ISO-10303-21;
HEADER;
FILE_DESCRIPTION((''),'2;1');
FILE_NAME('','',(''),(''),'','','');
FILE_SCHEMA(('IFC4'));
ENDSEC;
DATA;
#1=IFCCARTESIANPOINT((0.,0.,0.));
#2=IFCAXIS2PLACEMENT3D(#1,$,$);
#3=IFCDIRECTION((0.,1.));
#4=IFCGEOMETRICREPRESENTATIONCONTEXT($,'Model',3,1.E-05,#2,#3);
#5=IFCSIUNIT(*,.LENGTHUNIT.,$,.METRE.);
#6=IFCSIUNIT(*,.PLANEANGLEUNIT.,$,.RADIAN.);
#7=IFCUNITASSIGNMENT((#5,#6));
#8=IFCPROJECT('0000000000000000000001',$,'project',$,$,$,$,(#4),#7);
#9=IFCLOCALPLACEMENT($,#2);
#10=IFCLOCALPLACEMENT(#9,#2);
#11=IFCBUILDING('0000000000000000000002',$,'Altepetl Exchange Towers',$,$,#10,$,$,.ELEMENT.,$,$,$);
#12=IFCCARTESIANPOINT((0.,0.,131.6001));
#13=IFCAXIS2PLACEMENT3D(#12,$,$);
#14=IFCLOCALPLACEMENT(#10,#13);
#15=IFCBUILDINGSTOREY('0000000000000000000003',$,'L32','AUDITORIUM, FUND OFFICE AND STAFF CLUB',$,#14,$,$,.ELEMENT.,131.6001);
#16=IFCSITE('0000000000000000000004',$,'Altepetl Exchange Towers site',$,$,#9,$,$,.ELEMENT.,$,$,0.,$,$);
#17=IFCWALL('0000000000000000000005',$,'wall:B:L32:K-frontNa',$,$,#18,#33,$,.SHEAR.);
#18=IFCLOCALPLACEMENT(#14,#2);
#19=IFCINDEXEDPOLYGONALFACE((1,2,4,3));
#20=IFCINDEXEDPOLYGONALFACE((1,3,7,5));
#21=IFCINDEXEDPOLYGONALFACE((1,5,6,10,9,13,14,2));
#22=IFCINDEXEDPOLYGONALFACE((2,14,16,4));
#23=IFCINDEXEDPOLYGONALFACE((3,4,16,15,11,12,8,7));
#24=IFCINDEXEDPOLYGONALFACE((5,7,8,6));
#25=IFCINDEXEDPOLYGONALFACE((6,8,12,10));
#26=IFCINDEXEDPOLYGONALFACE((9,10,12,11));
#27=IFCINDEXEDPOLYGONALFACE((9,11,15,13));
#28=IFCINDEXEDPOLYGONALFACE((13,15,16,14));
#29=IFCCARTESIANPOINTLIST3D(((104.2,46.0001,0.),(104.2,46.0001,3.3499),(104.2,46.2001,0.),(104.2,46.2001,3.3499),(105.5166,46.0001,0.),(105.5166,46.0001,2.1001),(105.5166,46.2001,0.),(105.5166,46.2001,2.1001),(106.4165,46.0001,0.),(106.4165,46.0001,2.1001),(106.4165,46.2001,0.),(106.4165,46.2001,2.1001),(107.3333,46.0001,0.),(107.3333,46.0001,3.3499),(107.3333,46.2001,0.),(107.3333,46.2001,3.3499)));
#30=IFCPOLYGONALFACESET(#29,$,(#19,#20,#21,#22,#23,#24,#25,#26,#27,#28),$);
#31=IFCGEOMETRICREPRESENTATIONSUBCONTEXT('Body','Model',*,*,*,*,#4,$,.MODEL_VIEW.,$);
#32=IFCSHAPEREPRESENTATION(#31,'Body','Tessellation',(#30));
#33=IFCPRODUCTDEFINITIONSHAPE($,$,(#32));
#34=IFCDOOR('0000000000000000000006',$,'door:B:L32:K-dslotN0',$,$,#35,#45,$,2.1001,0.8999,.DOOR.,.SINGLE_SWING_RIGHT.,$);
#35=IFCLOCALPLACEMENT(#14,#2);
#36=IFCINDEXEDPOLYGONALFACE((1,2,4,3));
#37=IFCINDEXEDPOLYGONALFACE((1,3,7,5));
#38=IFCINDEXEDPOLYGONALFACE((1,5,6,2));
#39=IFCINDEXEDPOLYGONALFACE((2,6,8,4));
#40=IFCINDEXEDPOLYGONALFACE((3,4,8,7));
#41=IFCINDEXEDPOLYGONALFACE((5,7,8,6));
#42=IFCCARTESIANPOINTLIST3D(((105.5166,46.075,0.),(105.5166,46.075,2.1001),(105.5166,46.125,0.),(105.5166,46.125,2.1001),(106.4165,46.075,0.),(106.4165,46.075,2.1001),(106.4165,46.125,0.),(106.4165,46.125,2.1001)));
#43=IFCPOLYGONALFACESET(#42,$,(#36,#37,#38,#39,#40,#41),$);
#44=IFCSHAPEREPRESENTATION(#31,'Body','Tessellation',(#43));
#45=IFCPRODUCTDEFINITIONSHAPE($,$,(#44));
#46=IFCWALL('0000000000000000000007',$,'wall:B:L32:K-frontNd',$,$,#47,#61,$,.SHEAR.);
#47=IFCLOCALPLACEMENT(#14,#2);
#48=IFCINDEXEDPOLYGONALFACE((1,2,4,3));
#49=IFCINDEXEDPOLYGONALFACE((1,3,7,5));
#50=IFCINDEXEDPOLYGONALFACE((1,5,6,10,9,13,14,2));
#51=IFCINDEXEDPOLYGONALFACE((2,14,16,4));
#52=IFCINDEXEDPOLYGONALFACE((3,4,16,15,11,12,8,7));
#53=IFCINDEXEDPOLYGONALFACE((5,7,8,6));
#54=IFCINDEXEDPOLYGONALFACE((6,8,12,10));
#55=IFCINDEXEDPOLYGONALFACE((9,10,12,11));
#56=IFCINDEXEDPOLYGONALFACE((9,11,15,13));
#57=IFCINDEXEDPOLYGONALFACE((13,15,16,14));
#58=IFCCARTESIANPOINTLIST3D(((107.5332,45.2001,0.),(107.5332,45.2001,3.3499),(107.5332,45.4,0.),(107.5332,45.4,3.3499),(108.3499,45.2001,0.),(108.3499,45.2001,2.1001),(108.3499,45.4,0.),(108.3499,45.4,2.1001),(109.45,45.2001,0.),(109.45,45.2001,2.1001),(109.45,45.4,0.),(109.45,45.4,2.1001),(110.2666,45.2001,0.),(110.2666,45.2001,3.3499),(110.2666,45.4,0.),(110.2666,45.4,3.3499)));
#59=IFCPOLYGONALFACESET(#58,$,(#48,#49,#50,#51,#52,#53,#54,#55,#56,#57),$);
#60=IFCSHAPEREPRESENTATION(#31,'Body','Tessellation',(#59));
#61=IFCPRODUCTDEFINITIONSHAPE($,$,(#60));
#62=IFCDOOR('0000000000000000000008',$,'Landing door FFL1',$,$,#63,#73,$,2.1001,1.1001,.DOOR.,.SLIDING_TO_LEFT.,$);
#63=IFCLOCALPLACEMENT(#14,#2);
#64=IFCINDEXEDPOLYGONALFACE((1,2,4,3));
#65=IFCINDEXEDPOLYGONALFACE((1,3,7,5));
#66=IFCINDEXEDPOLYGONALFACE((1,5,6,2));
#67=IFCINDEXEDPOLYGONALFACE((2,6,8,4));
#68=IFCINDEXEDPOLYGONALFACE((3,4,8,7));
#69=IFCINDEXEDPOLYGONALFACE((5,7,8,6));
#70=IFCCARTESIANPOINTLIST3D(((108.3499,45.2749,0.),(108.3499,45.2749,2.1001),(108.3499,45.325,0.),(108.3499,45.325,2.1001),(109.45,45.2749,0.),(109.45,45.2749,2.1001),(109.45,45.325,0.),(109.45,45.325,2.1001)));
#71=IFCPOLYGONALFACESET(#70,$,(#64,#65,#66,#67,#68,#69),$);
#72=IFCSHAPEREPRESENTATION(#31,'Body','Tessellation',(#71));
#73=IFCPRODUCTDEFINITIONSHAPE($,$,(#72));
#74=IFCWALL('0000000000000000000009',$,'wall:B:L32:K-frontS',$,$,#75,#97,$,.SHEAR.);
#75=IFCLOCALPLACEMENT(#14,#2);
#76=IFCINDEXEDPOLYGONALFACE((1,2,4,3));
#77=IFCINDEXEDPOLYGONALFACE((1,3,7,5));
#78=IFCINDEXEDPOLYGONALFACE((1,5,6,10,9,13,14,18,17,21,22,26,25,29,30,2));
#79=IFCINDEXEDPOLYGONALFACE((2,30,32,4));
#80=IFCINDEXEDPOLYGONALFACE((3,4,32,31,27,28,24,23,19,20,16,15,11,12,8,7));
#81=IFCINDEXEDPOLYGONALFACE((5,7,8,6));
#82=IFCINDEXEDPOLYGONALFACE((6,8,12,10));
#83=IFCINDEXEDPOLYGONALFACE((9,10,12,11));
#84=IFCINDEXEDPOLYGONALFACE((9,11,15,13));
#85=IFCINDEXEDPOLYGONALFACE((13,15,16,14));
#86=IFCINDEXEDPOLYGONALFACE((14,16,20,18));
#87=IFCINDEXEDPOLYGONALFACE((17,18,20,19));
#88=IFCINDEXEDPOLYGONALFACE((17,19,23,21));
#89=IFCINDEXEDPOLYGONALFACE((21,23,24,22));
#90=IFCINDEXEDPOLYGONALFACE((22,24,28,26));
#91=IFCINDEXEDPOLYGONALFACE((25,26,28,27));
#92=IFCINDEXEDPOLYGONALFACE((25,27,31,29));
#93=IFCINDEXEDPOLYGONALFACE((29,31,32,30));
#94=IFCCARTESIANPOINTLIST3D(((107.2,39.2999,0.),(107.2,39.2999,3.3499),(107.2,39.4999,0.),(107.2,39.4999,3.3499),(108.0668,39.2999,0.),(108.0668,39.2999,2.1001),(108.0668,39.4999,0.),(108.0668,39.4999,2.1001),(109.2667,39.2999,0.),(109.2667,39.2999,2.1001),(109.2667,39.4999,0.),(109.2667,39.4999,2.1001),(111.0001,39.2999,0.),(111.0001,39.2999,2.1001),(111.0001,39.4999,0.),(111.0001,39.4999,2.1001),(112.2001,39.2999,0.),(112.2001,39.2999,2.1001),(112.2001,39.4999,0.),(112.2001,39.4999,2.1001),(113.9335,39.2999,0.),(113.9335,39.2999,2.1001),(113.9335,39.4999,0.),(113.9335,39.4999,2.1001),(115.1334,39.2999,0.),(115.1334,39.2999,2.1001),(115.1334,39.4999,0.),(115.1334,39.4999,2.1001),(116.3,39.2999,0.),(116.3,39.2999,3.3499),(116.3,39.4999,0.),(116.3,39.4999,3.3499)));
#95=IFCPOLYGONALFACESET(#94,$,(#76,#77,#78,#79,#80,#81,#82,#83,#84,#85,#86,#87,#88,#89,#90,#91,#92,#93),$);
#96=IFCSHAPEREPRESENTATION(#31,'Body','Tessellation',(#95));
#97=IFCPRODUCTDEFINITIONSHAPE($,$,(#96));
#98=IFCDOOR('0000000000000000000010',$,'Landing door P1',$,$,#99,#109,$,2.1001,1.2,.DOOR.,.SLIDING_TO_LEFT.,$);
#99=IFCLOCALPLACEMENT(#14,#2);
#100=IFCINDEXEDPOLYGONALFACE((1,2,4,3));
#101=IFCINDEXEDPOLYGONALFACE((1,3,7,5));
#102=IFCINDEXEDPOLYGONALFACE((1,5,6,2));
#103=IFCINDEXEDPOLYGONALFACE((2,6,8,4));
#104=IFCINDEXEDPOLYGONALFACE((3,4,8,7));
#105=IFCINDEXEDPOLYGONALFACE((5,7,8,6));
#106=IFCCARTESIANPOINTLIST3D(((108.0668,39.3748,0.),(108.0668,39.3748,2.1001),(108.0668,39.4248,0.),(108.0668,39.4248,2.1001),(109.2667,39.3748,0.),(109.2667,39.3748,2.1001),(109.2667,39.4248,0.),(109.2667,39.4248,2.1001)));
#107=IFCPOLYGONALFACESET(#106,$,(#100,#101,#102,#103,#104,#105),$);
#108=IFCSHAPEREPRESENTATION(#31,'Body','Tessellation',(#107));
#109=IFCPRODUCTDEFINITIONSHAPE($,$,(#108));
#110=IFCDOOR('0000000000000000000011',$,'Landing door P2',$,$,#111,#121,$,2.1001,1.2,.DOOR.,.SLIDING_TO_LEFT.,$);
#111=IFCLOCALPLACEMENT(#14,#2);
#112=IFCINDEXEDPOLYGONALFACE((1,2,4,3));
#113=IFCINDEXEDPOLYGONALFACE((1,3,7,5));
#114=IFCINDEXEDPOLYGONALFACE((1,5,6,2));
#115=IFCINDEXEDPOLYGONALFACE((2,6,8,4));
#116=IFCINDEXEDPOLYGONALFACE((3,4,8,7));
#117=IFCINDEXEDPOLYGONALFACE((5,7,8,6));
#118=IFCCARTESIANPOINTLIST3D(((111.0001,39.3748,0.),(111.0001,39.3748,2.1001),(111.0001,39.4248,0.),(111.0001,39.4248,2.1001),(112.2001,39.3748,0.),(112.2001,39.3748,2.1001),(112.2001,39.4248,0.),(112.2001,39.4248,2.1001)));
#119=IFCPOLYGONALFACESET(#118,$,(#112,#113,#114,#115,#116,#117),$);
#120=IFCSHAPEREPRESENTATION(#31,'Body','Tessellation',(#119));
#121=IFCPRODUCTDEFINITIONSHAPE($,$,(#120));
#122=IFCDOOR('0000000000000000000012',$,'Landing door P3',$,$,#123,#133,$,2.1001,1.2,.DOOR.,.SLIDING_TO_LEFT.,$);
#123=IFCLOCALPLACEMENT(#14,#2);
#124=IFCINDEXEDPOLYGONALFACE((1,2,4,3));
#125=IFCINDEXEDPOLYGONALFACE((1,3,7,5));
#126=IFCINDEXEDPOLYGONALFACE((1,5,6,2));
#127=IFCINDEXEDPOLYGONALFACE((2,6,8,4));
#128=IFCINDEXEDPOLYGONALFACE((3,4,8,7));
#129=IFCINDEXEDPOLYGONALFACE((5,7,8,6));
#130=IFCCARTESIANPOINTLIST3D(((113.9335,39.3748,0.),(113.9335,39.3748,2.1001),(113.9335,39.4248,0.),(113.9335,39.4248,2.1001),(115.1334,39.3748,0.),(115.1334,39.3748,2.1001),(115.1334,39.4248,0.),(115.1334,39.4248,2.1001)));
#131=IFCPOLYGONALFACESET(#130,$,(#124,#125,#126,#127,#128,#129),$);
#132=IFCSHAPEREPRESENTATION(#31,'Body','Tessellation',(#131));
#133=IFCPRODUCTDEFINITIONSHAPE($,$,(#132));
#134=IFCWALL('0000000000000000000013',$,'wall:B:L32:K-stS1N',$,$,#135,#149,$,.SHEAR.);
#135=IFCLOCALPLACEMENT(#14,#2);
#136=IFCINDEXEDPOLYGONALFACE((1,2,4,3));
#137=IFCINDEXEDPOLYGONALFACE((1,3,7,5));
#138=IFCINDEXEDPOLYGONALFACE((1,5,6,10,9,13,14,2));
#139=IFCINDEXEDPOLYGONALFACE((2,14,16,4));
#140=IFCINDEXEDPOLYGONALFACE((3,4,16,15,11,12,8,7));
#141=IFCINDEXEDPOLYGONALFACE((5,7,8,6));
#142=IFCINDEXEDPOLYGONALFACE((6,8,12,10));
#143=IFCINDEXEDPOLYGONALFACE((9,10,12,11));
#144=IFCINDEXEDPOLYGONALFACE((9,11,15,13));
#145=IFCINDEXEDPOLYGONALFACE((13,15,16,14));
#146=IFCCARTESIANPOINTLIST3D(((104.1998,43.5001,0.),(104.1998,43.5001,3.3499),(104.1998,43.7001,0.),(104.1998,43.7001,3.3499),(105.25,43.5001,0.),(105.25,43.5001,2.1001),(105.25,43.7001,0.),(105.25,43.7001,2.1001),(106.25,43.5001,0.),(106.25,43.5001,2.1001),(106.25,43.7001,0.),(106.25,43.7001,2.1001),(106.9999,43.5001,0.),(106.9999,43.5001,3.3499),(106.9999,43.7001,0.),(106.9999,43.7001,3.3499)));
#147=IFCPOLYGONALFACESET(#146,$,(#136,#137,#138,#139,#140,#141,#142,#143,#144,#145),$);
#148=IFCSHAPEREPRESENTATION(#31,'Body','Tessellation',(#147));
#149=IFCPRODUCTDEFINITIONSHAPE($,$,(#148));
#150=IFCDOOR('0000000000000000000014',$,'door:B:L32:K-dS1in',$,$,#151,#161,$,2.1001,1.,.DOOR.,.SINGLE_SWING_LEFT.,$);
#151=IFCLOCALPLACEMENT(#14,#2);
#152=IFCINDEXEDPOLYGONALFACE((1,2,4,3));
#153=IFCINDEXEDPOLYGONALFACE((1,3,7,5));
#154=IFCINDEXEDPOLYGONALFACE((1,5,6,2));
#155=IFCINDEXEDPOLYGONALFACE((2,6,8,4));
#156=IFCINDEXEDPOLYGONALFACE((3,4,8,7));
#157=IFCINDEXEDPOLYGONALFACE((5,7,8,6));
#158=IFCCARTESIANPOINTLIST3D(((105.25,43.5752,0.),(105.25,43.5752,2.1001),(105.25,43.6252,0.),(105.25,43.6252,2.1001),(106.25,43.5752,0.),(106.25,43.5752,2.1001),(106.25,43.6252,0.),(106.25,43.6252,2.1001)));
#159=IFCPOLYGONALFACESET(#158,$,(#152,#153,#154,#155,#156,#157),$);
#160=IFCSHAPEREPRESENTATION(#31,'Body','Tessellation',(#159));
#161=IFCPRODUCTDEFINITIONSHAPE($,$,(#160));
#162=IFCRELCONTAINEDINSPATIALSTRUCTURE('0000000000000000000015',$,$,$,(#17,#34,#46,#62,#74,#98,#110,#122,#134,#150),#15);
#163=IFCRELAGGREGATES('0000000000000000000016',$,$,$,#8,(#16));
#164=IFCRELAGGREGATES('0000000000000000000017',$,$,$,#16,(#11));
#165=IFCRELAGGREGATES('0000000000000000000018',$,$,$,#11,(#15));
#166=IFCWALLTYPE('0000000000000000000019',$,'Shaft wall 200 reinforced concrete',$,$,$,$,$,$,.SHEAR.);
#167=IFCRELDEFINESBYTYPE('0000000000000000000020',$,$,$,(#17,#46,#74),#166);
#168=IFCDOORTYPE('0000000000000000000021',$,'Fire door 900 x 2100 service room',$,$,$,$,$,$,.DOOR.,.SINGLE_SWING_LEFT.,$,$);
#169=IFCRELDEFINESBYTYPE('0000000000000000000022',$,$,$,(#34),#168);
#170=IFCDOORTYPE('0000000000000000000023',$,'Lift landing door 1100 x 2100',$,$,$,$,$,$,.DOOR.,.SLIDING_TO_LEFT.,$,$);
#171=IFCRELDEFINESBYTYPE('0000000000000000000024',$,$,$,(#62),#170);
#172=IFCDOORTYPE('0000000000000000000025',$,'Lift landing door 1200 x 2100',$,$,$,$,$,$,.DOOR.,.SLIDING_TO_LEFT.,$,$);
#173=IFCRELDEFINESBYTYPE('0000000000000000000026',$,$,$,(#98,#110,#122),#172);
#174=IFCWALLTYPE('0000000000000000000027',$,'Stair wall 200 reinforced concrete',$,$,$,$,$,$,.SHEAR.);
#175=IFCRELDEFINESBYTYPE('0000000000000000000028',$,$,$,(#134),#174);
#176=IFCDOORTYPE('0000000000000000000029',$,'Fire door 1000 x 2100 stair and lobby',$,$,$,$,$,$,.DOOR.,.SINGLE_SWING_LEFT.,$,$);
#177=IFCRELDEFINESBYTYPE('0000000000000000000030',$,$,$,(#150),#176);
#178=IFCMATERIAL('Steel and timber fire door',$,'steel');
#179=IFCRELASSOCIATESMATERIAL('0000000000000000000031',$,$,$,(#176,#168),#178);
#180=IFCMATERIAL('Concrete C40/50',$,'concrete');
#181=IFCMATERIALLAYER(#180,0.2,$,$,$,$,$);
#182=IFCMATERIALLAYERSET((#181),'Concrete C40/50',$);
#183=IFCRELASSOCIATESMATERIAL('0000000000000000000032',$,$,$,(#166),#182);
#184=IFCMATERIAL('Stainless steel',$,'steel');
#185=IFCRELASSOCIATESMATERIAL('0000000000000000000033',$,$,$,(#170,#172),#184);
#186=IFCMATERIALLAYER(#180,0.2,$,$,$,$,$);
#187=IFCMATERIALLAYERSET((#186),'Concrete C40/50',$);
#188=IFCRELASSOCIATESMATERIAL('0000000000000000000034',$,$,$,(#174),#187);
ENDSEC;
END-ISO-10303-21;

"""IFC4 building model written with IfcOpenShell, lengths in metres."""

from ifc_helpers import new_model, si_unit, direction, frame, frame_2d, origin, place, context, subcontext, project, spatial, rectangle, extrude, material, layer, layer_set, type_object, element, fill, save


model = new_model("IFC4")

# Units and contexts
model_context = context("Model", 3, precision=1e-05, world=origin(), true_north=direction((0.0, 1.0)))
body_context = subcontext(model_context, "Body", "Model", "MODEL_VIEW")
ifc_project = project(units=[si_unit("LENGTHUNIT", "METRE"), si_unit("PLANEANGLEUNIT", "RADIAN")], contexts=[model_context])

# Site, building, storey
site_placement = place(None, origin())
site = spatial("IfcSite", under=ifc_project, at=site_placement, Name="Altepetl Exchange Towers site", CompositionType="ELEMENT", RefElevation=0.0)
building_placement = place(site_placement, origin())
building = spatial("IfcBuilding", under=site, at=building_placement, Name="Altepetl Exchange Towers", CompositionType="ELEMENT")
storey_placement = place(building_placement, frame((0.0, 0.0, 131.6001)))
storey = spatial("IfcBuildingStorey", under=building, at=storey_placement, Name="L32", Description="AUDITORIUM, FUND OFFICE AND STAFF CLUB", CompositionType="ELEMENT", Elevation=131.6001)

# Shared definitions
ifc_material_1 = material(Name="Steel and timber fire door", Category="steel")
door_type_1 = type_object("IfcDoorType", Name="Fire door 1000 x 2100 stair and lobby", OperationType="SINGLE_SWING_LEFT", PredefinedType="DOOR", material=ifc_material_1)
door_type_2 = type_object("IfcDoorType", Name="Fire door 900 x 2100 service room", OperationType="SINGLE_SWING_LEFT", PredefinedType="DOOR", material=ifc_material_1)

# Shared definitions
ifc_material_2 = material(Name="Concrete C40/50", Category="concrete")
ifc_layer_1 = layer(ifc_material_2, 0.2)
ifc_layer_set_1 = layer_set([ifc_layer_1], Name="Concrete C40/50")
wall_type_1 = type_object("IfcWallType", Name="Shaft wall 200 reinforced concrete", PredefinedType="SHEAR", material=ifc_layer_set_1)

# Walls, openings, doors
wall_1_placement = place(storey_placement, frame((104.2, 46.1001, 0.0)))
wall_1 = element("IfcWall", 1, at=wall_1_placement, inside=storey, type_object=wall_type_1, Name="wall:B:L32:K-frontNa", PredefinedType="SHEAR", context=body_context, shape_type="SweptSolid", body=[
    extrude(rectangle(XDim=3.1333, YDim=0.2, at=frame_2d((1.5667, 0.0))), origin(), (0.0, 0.0, 1.0), 3.3499),
])
opening_1_placement = place(wall_1_placement, frame((1.3167, 0.0, 0.0)))
opening_1 = element("IfcOpeningElement", 2, at=opening_1_placement, cuts=wall_1, PredefinedType="OPENING", context=body_context, shape_type="SweptSolid", body=[
    extrude(rectangle(XDim=0.8999, YDim=2.1001, at=frame_2d((0.45, 1.05))), frame((0.0, 0.1099, 0.0), z_axis=(0.0, -1.0, 0.0), x_axis=(1.0, 0.0, 0.0)), (0.0, 0.0, 1.0), 0.22),
])
door_1_placement = place(opening_1_placement, origin())
door_1 = element("IfcDoor", 3, at=door_1_placement, inside=storey, type_object=door_type_2, Name="door:B:L32:K-dslotN0", OperationType="SINGLE_SWING_RIGHT", OverallHeight=2.1001, OverallWidth=0.8999, PredefinedType="DOOR", context=body_context, shape_type="SweptSolid", body=[
    extrude(rectangle(XDim=0.8999, YDim=2.1001, at=frame_2d((0.45, 1.05))), frame((0.0, 0.0249, 0.0), z_axis=(0.0, -1.0, 0.0), x_axis=(1.0, 0.0, 0.0)), (0.0, 0.0, 1.0), 0.05),
])
fill(opening_1, door_1)
wall_2_placement = place(storey_placement, frame((107.5332, 45.3, 0.0)))
wall_2 = element("IfcWall", 4, at=wall_2_placement, inside=storey, type_object=wall_type_1, Name="wall:B:L32:K-frontNd", PredefinedType="SHEAR", context=body_context, shape_type="SweptSolid", body=[
    extrude(rectangle(XDim=2.7334, YDim=0.2, at=frame_2d((1.3667, 0.0))), origin(), (0.0, 0.0, 1.0), 3.3499),
])
opening_2_placement = place(wall_2_placement, frame((0.8167, 0.0, 0.0)))
opening_2 = element("IfcOpeningElement", 5, at=opening_2_placement, cuts=wall_2, PredefinedType="OPENING", context=body_context, shape_type="SweptSolid", body=[
    extrude(rectangle(XDim=1.1001, YDim=2.1001, at=frame_2d((0.55, 1.05))), frame((0.0, 0.1099, 0.0), z_axis=(0.0, -1.0, 0.0), x_axis=(1.0, 0.0, 0.0)), (0.0, 0.0, 1.0), 0.22),
])
ifc_material_3 = material(Name="Stainless steel", Category="steel")
door_type_3 = type_object("IfcDoorType", Name="Lift landing door 1100 x 2100", OperationType="SLIDING_TO_LEFT", PredefinedType="DOOR", material=ifc_material_3)
door_2_placement = place(opening_2_placement, origin())
door_2 = element("IfcDoor", 6, at=door_2_placement, inside=storey, type_object=door_type_3, Name="Landing door FFL1", OperationType="SLIDING_TO_LEFT", OverallHeight=2.1001, OverallWidth=1.1001, PredefinedType="DOOR", context=body_context, shape_type="SweptSolid", body=[
    extrude(rectangle(XDim=1.1001, YDim=2.1001, at=frame_2d((0.55, 1.05))), frame((0.0, 0.0249, 0.0), z_axis=(0.0, -1.0, 0.0), x_axis=(1.0, 0.0, 0.0)), (0.0, 0.0, 1.0), 0.05),
])
fill(opening_2, door_2)

# Wall, openings, doors
wall_3_placement = place(storey_placement, frame((107.2, 39.3999, 0.0)))
wall_3 = element("IfcWall", 7, at=wall_3_placement, inside=storey, type_object=wall_type_1, Name="wall:B:L32:K-frontS", PredefinedType="SHEAR", context=body_context, shape_type="SweptSolid", body=[
    extrude(rectangle(XDim=9.1001, YDim=0.2, at=frame_2d((4.55, 0.0))), origin(), (0.0, 0.0, 1.0), 3.3499),
])
opening_3_placement = place(wall_3_placement, frame((0.8667, 0.0, 0.0)))
opening_3 = element("IfcOpeningElement", 8, at=opening_3_placement, cuts=wall_3, PredefinedType="OPENING", context=body_context, shape_type="SweptSolid", body=[
    extrude(rectangle(XDim=1.2, YDim=2.1001, at=frame_2d((0.6001, 1.05))), frame((0.0, 0.1099, 0.0), z_axis=(0.0, -1.0, 0.0), x_axis=(1.0, 0.0, 0.0)), (0.0, 0.0, 1.0), 0.22),
])
opening_4_placement = place(wall_3_placement, frame((3.8, 0.0, 0.0)))
opening_4 = element("IfcOpeningElement", 9, at=opening_4_placement, cuts=wall_3, PredefinedType="OPENING", context=body_context, shape_type="SweptSolid", body=[
    extrude(rectangle(XDim=1.2, YDim=2.1001, at=frame_2d((0.6001, 1.05))), frame((0.0, 0.1099, 0.0), z_axis=(0.0, -1.0, 0.0), x_axis=(1.0, 0.0, 0.0)), (0.0, 0.0, 1.0), 0.22),
])
opening_5_placement = place(wall_3_placement, frame((6.7334, 0.0, 0.0)))
opening_5 = element("IfcOpeningElement", 10, at=opening_5_placement, cuts=wall_3, PredefinedType="OPENING", context=body_context, shape_type="SweptSolid", body=[
    extrude(rectangle(XDim=1.2, YDim=2.1001, at=frame_2d((0.6001, 1.05))), frame((0.0, 0.1099, 0.0), z_axis=(0.0, -1.0, 0.0), x_axis=(1.0, 0.0, 0.0)), (0.0, 0.0, 1.0), 0.22),
])
door_type_4 = type_object("IfcDoorType", Name="Lift landing door 1200 x 2100", OperationType="SLIDING_TO_LEFT", PredefinedType="DOOR", material=ifc_material_3)
door_3_placement = place(opening_3_placement, origin())
door_3 = element("IfcDoor", 11, at=door_3_placement, inside=storey, type_object=door_type_4, Name="Landing door P1", OperationType="SLIDING_TO_LEFT", OverallHeight=2.1001, OverallWidth=1.2, PredefinedType="DOOR", context=body_context, shape_type="SweptSolid", body=[
    extrude(rectangle(XDim=1.2, YDim=2.1001, at=frame_2d((0.6001, 1.05))), frame((0.0, 0.0249, 0.0), z_axis=(0.0, -1.0, 0.0), x_axis=(1.0, 0.0, 0.0)), (0.0, 0.0, 1.0), 0.05),
])
fill(opening_3, door_3)
door_4_placement = place(opening_4_placement, origin())
door_4 = element("IfcDoor", 12, at=door_4_placement, inside=storey, type_object=door_type_4, Name="Landing door P2", OperationType="SLIDING_TO_LEFT", OverallHeight=2.1001, OverallWidth=1.2, PredefinedType="DOOR", context=body_context, shape_type="SweptSolid", body=[
    extrude(rectangle(XDim=1.2, YDim=2.1001, at=frame_2d((0.6001, 1.05))), frame((0.0, 0.0249, 0.0), z_axis=(0.0, -1.0, 0.0), x_axis=(1.0, 0.0, 0.0)), (0.0, 0.0, 1.0), 0.05),
])
fill(opening_4, door_4)
door_5_placement = place(opening_5_placement, origin())
door_5 = element("IfcDoor", 13, at=door_5_placement, inside=storey, type_object=door_type_4, Name="Landing door P3", OperationType="SLIDING_TO_LEFT", OverallHeight=2.1001, OverallWidth=1.2, PredefinedType="DOOR", context=body_context, shape_type="SweptSolid", body=[
    extrude(rectangle(XDim=1.2, YDim=2.1001, at=frame_2d((0.6001, 1.05))), frame((0.0, 0.0249, 0.0), z_axis=(0.0, -1.0, 0.0), x_axis=(1.0, 0.0, 0.0)), (0.0, 0.0, 1.0), 0.05),
])
fill(opening_5, door_5)

# Wall, opening, door
ifc_layer_2 = layer(ifc_material_2, 0.2)
ifc_layer_set_2 = layer_set([ifc_layer_2], Name="Concrete C40/50")
wall_type_2 = type_object("IfcWallType", Name="Stair wall 200 reinforced concrete", PredefinedType="SHEAR", material=ifc_layer_set_2)
wall_4_placement = place(storey_placement, frame((104.2, 43.6001, 0.0)))
wall_4 = element("IfcWall", 14, at=wall_4_placement, inside=storey, type_object=wall_type_2, Name="wall:B:L32:K-stS1N", PredefinedType="SHEAR", context=body_context, shape_type="SweptSolid", body=[
    extrude(rectangle(XDim=2.8, YDim=0.2, at=frame_2d((1.3999, 0.0))), origin(), (0.0, 0.0, 1.0), 3.3499),
])
opening_6_placement = place(wall_4_placement, frame((1.05, 0.0, 0.0)))
opening_6 = element("IfcOpeningElement", 15, at=opening_6_placement, cuts=wall_4, PredefinedType="OPENING", context=body_context, shape_type="SweptSolid", body=[
    extrude(rectangle(XDim=1.0, YDim=2.1001, at=frame_2d((0.5, 1.05))), frame((0.0, 0.1099, 0.0), z_axis=(0.0, -1.0, 0.0), x_axis=(1.0, 0.0, 0.0)), (0.0, 0.0, 1.0), 0.22),
])
door_6_placement = place(opening_6_placement, frame((1.0, 0.0, 0.0), x_axis=(-1.0, 0.0, 0.0)))
door_6 = element("IfcDoor", 16, at=door_6_placement, inside=storey, type_object=door_type_1, Name="door:B:L32:K-dS1in", OperationType="SINGLE_SWING_LEFT", OverallHeight=2.1001, OverallWidth=1.0, PredefinedType="DOOR", context=body_context, shape_type="SweptSolid", body=[
    extrude(rectangle(XDim=1.0, YDim=2.1001, at=frame_2d((0.5, 1.05))), frame((0.0, 0.0249, 0.0), z_axis=(0.0, -1.0, 0.0), x_axis=(1.0, 0.0, 0.0)), (0.0, 0.0, 1.0), 0.05),
])
fill(opening_6, door_6)

save(model, "model.ifc")
